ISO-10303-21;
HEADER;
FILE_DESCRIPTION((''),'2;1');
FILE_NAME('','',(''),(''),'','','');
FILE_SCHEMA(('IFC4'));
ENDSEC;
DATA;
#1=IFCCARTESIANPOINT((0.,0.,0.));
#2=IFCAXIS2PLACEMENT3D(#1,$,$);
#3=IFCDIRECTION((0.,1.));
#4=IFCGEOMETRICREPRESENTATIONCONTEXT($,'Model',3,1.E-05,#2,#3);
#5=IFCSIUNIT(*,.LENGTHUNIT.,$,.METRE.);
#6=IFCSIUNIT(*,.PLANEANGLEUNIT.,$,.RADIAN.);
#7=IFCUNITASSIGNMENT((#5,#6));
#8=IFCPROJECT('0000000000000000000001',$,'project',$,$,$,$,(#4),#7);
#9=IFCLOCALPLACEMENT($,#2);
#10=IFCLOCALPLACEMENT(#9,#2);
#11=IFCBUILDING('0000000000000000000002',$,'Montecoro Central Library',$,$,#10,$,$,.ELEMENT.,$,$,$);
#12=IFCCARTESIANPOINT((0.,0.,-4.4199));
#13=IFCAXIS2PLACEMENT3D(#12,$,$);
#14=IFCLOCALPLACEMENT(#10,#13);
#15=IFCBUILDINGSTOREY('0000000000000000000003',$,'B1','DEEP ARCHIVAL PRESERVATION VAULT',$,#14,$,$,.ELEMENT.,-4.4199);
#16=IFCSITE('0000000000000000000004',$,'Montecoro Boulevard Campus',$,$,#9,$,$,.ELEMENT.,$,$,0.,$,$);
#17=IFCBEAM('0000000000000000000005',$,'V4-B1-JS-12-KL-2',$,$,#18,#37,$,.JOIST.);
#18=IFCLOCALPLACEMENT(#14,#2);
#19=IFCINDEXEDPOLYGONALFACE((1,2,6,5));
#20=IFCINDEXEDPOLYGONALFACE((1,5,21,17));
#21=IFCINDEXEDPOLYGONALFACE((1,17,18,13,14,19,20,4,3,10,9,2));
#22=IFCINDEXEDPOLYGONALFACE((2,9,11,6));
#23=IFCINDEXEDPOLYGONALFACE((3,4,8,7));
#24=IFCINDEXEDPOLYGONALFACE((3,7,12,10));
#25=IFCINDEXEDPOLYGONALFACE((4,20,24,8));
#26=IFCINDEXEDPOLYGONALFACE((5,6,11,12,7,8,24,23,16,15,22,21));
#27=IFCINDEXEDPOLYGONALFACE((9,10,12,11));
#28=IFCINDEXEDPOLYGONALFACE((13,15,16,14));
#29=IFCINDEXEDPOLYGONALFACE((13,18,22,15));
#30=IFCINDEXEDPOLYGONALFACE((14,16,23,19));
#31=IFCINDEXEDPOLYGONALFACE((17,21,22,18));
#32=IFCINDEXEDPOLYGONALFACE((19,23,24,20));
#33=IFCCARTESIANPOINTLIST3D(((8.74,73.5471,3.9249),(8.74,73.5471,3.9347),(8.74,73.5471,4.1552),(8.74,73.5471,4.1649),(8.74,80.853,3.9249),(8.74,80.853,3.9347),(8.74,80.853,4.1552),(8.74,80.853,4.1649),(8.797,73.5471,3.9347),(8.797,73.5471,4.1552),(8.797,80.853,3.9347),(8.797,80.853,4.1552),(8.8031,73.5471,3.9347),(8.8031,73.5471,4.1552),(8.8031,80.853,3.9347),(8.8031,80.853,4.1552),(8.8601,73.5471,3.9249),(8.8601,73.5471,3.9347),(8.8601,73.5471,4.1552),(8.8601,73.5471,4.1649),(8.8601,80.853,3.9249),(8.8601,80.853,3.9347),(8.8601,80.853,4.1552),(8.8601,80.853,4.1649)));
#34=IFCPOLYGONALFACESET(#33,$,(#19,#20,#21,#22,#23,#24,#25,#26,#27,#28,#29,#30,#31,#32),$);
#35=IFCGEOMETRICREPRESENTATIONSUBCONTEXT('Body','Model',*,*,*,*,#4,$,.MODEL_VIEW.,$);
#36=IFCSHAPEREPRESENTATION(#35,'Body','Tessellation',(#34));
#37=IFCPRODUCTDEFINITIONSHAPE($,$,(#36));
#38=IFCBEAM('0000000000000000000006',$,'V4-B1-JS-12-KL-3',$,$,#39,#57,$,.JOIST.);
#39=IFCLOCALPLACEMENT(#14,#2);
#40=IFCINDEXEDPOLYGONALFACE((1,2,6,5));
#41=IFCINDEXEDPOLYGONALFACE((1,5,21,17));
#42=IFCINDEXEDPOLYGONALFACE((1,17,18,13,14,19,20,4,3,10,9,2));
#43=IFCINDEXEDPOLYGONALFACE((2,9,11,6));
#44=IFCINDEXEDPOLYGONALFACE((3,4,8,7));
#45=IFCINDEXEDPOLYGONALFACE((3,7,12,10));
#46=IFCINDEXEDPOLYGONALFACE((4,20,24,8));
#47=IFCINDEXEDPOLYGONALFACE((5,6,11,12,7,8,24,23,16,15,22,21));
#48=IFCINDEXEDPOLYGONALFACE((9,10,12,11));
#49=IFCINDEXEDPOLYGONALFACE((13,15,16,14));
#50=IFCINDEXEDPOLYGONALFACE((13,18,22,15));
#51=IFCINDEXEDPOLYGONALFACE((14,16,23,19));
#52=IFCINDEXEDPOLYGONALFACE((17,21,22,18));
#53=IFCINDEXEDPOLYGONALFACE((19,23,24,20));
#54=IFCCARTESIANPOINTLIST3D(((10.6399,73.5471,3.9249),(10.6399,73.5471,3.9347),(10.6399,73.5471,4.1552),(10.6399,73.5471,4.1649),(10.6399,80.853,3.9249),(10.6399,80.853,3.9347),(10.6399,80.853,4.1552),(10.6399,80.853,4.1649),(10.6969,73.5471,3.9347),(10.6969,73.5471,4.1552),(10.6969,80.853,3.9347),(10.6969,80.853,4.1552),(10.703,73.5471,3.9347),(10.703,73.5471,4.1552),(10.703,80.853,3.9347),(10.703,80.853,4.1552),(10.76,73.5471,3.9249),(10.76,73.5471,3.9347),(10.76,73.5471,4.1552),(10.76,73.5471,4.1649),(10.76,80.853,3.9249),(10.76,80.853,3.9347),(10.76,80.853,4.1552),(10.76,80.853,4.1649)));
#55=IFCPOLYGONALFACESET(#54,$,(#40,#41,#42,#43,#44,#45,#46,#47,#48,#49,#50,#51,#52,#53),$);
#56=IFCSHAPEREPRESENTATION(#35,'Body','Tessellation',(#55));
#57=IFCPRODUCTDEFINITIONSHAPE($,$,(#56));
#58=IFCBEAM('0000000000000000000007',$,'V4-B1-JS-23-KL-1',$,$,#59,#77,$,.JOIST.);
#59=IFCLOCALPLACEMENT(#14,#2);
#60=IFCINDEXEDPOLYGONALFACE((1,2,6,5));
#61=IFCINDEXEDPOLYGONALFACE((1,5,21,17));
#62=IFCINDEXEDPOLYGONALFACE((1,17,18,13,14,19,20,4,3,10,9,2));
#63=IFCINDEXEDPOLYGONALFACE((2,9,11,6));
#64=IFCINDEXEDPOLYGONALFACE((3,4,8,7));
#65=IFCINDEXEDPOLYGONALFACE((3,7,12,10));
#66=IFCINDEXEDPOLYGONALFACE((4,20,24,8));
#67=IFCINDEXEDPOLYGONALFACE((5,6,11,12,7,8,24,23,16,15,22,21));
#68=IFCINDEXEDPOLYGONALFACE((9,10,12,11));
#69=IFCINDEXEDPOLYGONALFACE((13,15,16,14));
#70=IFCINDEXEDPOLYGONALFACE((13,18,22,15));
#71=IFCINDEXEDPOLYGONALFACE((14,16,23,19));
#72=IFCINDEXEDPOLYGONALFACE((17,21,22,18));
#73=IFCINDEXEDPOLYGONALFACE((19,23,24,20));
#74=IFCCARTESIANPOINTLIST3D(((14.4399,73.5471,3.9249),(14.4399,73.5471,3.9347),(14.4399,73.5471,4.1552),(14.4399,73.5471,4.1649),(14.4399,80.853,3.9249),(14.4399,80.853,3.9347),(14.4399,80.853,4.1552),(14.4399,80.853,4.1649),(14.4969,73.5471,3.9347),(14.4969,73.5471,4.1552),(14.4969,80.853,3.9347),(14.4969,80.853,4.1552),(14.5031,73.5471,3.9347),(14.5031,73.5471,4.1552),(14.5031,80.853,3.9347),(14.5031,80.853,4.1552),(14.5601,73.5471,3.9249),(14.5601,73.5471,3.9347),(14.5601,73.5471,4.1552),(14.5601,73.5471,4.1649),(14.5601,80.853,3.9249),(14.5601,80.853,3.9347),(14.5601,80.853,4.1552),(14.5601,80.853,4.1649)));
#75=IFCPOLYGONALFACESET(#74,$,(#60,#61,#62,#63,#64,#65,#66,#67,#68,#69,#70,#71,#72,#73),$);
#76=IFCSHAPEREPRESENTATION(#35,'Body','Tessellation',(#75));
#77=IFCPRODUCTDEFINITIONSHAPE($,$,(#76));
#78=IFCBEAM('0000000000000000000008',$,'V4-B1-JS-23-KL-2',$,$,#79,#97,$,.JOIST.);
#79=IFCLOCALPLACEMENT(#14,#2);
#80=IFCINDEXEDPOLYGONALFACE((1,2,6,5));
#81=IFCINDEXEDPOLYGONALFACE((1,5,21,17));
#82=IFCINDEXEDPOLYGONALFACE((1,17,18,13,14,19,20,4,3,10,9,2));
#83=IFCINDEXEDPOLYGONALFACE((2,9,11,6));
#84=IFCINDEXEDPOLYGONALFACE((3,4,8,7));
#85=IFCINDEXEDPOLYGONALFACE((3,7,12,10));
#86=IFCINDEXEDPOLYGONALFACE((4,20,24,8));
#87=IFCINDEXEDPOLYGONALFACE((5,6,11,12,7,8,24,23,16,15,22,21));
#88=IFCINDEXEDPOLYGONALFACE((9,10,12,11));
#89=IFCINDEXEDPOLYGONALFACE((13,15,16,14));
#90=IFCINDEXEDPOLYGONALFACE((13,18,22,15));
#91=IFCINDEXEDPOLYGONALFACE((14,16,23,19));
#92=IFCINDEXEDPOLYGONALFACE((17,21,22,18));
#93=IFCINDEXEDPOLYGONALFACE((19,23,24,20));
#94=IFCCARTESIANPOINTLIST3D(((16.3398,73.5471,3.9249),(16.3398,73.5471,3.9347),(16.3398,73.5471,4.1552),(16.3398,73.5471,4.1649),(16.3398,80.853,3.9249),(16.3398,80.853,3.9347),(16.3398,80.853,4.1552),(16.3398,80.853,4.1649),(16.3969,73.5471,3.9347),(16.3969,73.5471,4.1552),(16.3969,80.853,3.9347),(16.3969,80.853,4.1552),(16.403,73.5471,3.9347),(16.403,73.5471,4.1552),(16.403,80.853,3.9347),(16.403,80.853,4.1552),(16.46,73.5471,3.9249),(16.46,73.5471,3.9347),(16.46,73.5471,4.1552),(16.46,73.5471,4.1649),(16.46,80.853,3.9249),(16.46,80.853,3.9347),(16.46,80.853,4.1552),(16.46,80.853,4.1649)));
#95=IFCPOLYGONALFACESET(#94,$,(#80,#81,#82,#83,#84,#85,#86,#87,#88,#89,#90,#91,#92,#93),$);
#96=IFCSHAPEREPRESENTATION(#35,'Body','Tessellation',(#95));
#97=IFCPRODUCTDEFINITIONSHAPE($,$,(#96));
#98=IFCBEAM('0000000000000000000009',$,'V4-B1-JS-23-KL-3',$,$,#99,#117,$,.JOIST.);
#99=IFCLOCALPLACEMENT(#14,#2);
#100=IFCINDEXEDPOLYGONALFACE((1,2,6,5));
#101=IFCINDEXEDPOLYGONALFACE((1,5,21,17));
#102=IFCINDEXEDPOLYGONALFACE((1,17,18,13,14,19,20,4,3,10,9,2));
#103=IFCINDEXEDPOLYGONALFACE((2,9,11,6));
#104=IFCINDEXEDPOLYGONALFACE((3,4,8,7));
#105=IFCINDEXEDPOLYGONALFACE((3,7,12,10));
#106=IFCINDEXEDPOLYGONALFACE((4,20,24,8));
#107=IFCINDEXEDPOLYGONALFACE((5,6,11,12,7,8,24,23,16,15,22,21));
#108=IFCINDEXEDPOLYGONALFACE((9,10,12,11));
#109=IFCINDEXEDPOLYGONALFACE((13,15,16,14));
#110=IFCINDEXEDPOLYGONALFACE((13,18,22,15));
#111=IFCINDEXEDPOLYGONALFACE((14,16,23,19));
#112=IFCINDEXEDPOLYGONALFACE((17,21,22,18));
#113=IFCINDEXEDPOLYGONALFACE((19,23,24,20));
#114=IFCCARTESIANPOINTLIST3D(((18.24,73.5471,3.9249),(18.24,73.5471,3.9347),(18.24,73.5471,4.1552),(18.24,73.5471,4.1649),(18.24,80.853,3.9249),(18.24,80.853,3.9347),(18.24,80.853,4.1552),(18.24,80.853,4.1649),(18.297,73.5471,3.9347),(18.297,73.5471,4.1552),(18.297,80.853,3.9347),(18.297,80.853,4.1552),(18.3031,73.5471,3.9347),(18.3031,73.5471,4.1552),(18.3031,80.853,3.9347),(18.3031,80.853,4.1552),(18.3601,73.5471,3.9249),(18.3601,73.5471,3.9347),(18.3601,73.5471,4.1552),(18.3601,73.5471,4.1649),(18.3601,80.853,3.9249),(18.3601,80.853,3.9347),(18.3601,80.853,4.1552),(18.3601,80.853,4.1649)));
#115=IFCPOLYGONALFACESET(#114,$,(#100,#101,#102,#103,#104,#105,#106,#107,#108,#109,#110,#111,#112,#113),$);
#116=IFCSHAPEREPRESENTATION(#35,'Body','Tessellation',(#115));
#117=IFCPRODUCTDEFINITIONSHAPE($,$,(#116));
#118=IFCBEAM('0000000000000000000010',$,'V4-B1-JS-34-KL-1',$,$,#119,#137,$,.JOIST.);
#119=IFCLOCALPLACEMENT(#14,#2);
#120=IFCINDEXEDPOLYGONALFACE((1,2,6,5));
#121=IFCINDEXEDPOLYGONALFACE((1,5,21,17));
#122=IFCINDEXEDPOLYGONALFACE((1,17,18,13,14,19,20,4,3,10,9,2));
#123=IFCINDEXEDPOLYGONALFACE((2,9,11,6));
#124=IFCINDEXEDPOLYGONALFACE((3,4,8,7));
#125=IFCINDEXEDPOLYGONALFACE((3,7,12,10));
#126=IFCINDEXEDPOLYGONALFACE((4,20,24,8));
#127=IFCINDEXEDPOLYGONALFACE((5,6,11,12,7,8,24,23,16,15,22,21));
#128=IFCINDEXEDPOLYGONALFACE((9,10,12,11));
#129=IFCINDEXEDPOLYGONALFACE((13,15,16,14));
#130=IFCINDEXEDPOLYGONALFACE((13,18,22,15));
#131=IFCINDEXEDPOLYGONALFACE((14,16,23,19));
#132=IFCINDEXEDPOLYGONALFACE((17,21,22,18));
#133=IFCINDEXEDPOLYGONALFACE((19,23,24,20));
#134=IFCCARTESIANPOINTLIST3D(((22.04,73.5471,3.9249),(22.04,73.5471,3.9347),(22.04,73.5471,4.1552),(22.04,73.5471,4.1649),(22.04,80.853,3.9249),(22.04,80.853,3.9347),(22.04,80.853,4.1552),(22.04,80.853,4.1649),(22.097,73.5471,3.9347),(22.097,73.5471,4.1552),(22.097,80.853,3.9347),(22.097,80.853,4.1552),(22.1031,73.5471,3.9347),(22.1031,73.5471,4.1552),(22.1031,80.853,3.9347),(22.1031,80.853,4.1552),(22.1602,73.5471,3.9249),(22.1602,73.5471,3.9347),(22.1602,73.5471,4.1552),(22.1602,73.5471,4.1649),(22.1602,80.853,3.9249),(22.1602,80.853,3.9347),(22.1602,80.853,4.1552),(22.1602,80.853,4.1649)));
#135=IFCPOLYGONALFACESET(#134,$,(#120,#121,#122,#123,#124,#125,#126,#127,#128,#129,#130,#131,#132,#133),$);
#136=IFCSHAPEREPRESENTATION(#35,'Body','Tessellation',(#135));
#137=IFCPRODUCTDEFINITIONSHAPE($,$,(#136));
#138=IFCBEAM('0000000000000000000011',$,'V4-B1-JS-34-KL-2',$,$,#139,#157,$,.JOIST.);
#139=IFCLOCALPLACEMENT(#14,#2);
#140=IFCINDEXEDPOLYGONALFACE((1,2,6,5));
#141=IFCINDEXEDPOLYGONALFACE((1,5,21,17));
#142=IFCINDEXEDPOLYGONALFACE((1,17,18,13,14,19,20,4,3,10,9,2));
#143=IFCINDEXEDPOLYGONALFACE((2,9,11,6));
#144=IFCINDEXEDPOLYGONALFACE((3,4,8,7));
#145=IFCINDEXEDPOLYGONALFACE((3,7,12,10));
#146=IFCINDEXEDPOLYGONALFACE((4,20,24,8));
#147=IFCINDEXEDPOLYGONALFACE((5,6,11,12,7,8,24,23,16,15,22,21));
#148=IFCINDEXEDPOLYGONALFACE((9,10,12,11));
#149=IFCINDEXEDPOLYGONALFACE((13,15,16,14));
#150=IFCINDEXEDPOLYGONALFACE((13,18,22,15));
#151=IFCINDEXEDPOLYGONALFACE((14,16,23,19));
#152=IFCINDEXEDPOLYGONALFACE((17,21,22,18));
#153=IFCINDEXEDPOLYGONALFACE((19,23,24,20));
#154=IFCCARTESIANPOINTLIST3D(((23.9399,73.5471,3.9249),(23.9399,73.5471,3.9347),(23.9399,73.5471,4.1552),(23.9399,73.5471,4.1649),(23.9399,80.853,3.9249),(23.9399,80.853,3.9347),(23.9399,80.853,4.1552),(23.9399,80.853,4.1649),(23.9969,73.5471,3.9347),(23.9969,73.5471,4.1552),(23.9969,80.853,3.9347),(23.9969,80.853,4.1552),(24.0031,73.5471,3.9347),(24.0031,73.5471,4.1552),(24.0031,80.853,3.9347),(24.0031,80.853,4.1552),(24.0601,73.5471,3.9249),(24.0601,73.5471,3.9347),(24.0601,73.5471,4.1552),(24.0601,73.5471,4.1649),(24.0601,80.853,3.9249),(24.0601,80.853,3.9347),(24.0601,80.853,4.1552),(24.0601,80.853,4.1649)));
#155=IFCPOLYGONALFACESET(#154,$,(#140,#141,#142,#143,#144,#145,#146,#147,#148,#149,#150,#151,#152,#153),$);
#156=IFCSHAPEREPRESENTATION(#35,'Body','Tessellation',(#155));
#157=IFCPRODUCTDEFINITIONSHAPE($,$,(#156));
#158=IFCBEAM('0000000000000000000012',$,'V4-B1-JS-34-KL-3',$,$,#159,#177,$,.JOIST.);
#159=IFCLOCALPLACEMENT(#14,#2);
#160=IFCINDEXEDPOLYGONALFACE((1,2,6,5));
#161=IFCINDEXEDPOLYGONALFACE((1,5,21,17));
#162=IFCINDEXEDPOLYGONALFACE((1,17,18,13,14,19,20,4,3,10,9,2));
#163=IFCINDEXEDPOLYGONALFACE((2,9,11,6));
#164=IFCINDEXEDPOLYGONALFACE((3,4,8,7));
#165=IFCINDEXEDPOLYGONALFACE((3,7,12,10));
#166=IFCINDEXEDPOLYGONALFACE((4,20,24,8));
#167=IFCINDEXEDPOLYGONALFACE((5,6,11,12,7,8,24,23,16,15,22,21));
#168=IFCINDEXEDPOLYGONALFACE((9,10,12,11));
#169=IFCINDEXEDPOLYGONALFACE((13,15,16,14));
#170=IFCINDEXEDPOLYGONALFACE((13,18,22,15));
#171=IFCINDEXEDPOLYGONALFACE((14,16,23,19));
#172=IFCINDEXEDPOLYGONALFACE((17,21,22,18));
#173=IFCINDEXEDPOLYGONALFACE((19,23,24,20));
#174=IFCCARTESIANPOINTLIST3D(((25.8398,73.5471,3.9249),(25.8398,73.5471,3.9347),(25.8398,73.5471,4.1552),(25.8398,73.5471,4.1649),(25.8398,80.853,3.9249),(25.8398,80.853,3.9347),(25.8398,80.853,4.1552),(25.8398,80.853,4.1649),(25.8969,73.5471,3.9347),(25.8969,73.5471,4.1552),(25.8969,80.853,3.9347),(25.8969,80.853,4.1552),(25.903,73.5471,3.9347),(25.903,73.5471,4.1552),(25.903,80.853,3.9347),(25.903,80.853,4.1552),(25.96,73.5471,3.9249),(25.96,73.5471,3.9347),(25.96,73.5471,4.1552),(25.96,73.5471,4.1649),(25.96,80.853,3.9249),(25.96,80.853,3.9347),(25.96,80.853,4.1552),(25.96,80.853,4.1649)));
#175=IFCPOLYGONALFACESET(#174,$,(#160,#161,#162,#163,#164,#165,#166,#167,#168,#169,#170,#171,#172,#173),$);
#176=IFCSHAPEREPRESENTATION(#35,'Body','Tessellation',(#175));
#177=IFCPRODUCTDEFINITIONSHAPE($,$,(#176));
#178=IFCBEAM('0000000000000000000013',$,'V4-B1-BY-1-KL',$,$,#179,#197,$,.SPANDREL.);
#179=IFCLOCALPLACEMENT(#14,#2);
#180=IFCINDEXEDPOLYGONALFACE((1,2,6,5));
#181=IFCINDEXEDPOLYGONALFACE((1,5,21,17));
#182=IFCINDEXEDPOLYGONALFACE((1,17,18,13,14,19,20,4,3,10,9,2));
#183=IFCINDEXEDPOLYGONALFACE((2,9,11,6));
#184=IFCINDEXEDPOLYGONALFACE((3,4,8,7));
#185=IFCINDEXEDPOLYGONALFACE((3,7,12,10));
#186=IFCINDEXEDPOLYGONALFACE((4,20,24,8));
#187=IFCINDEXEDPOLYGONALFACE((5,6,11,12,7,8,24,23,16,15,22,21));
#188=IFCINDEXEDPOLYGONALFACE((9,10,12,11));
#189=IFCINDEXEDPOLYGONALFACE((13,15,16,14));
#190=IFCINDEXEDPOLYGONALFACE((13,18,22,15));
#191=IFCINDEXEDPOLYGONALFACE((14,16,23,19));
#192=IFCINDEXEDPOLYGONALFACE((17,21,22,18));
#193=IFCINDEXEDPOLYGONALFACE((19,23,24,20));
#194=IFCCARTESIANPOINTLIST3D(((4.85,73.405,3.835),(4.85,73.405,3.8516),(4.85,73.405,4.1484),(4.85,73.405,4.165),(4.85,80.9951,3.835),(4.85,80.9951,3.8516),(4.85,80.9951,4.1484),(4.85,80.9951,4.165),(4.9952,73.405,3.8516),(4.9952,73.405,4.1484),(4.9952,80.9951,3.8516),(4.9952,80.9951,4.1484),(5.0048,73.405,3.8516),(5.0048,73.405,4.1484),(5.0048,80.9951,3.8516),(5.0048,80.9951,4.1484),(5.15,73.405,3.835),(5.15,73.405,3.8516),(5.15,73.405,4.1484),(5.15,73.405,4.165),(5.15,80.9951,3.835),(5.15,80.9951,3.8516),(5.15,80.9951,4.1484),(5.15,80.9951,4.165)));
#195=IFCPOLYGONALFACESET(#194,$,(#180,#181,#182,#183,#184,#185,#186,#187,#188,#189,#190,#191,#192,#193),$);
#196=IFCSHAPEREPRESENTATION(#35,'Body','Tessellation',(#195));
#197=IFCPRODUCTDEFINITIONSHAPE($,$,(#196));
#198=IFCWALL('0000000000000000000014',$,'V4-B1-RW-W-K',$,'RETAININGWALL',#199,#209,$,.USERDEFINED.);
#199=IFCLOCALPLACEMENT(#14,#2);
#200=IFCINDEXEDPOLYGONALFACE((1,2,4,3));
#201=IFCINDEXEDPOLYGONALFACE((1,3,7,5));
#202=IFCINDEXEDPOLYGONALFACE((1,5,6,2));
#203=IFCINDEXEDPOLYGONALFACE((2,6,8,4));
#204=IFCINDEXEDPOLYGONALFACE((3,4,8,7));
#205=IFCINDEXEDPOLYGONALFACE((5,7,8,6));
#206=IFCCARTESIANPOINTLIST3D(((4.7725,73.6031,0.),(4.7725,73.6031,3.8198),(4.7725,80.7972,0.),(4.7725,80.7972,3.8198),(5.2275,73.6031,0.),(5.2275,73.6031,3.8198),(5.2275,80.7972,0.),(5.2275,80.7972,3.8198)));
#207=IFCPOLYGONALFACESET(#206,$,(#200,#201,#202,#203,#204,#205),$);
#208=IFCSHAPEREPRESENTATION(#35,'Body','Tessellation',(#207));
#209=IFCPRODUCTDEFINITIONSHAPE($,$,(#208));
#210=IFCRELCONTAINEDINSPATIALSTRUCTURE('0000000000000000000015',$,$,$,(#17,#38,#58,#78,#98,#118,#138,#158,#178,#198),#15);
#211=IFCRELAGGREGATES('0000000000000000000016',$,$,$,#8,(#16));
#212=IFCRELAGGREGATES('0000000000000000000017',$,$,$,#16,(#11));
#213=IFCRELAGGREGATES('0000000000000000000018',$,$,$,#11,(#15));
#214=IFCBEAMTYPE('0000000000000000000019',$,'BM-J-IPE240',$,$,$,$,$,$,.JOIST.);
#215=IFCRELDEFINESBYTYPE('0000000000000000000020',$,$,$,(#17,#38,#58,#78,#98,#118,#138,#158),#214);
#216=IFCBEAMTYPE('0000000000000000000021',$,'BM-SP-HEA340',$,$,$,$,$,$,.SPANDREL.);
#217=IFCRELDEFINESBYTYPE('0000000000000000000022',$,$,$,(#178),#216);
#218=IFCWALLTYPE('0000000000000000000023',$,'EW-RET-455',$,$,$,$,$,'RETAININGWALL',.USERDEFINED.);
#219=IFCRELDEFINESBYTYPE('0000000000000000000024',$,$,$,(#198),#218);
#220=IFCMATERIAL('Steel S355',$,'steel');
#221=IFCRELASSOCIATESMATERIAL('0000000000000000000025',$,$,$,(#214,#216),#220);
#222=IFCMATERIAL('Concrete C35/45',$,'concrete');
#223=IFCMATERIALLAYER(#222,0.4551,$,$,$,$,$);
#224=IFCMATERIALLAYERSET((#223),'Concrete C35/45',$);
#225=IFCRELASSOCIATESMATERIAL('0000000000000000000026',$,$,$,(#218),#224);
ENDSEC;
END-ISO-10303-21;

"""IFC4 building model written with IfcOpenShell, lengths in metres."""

from ifc_helpers import new_model, si_unit, direction, frame, frame_2d, origin, origin_2d, place, context, subcontext, project, spatial, rectangle, i_section, extrude, material, layer, layer_set, material_profile, profile_set, type_object, element, save


model = new_model("IFC4")

# Units and contexts
model_context = context("Model", 3, precision=1e-05, world=origin(), true_north=direction((0.0, 1.0)))
body_context = subcontext(model_context, "Body", "Model", "MODEL_VIEW")
ifc_project = project(units=[si_unit("LENGTHUNIT", "METRE"), si_unit("PLANEANGLEUNIT", "RADIAN")], contexts=[model_context])

# Site, building, storey
site_placement = place(None, origin())
site = spatial("IfcSite", under=ifc_project, at=site_placement, Name="Montecoro Boulevard Campus", CompositionType="ELEMENT", RefElevation=0.0)
building_placement = place(site_placement, origin())
building = spatial("IfcBuilding", under=site, at=building_placement, Name="Montecoro Central Library", CompositionType="ELEMENT")
storey_placement = place(building_placement, frame((0.0, 0.0, -4.4199)))
storey = spatial("IfcBuildingStorey", under=building, at=storey_placement, Name="B1", Description="DEEP ARCHIVAL PRESERVATION VAULT", CompositionType="ELEMENT", Elevation=-4.4199)

# Shared definitions
ifc_material_1 = material(Name="Concrete C35/45", Category="concrete")

# Beams
ifc_material_2 = material(Name="Steel S355", Category="steel")
ifc_material_profile_1 = material_profile(ifc_material_2, i_section(OverallWidth=0.1201, OverallDepth=0.24, WebThickness=0.0061, FlangeThickness=0.0098, at=origin_2d()), Name="IPE 240")
ifc_profile_set_1 = profile_set([ifc_material_profile_1], Name="Steel S355")
beam_type_1 = type_object("IfcBeamType", Name="BM-J-IPE240", PredefinedType="JOIST", material=ifc_profile_set_1)
for number, where, z_axis, x_axis, name in (
    (1, (8.8, 73.5471, 4.0449), (0.0, 1.0, 0.0), (-1.0, 0.0, 0.0), "V4-B1-JS-12-KL-2"),
    (2, (10.7, 73.5471, 4.0449), (0.0, 1.0, 0.0), (-1.0, 0.0, 0.0), "V4-B1-JS-12-KL-3"),
    (3, (14.5, 73.5471, 4.0449), (0.0, 1.0, 0.0), (-1.0, 0.0, 0.0), "V4-B1-JS-23-KL-1"),
    (4, (16.3999, 73.5471, 4.0449), (0.0, 1.0, 0.0), (-1.0, 0.0, 0.0), "V4-B1-JS-23-KL-2"),
    (5, (18.3, 73.5471, 4.0449), (0.0, 1.0, 0.0), (-1.0, 0.0, 0.0), "V4-B1-JS-23-KL-3"),
    (6, (22.1001, 73.5471, 4.0449), (0.0, 1.0, 0.0), (-1.0, 0.0, 0.0), "V4-B1-JS-34-KL-1"),
    (7, (24.0, 73.5471, 4.0449), (0.0, 1.0, 0.0), (-1.0, 0.0, 0.0), "V4-B1-JS-34-KL-2"),
    (8, (25.8999, 73.5471, 4.0449), (0.0, 1.0, 0.0), (-1.0, 0.0, 0.0), "V4-B1-JS-34-KL-3"),
):
    element("IfcBeam", number, at=place(storey_placement, frame(where, z_axis=z_axis, x_axis=x_axis)), inside=storey, type_object=beam_type_1, Name=name, PredefinedType="JOIST", context=body_context, shape_type="SweptSolid", body=[
        extrude(i_section(OverallWidth=0.1201, OverallDepth=0.24, WebThickness=0.0061, FlangeThickness=0.0098, at=origin_2d()), origin(), (0.0, 0.0, 1.0), 7.3059),
    ])
ifc_material_profile_2 = material_profile(ifc_material_2, i_section(OverallWidth=0.3, OverallDepth=0.3301, WebThickness=0.0095, FlangeThickness=0.0166, at=origin_2d()), Name="HEA 340")
ifc_profile_set_2 = profile_set([ifc_material_profile_2], Name="Steel S355")
beam_type_2 = type_object("IfcBeamType", Name="BM-SP-HEA340", PredefinedType="SPANDREL", material=ifc_profile_set_2)
beam_placement = place(storey_placement, frame((5.0, 73.405, 4.0), z_axis=(0.0, 1.0, 0.0), x_axis=(-1.0, 0.0, 0.0)))
element("IfcBeam", 9, at=beam_placement, inside=storey, type_object=beam_type_2, Name="V4-B1-BY-1-KL", PredefinedType="SPANDREL", context=body_context, shape_type="SweptSolid", body=[
    extrude(i_section(OverallWidth=0.3, OverallDepth=0.3301, WebThickness=0.0095, FlangeThickness=0.0166, at=origin_2d()), origin(), (0.0, 0.0, 1.0), 7.5901),
])

# Wall
ifc_layer_1 = layer(ifc_material_1, 0.4551)
ifc_layer_set_1 = layer_set([ifc_layer_1], Name="Concrete C35/45")
wall_type_1 = type_object("IfcWallType", Name="EW-RET-455", ElementType="RETAININGWALL", PredefinedType="USERDEFINED", material=ifc_layer_set_1)
wall_1_placement = place(storey_placement, frame((5.0, 73.603, 0.0), z_axis=(0.0, 0.0, 1.0), x_axis=(0.0, 1.0, 0.0)))
element("IfcWall", 10, at=wall_1_placement, inside=storey, type_object=wall_type_1, Name="V4-B1-RW-W-K", ObjectType="RETAININGWALL", PredefinedType="USERDEFINED", context=body_context, shape_type="SweptSolid", body=[
    extrude(rectangle(XDim=7.1941, YDim=0.4551, at=frame_2d((3.5972, 0.0))), origin(), (0.0, 0.0, 1.0), 3.8198),
])

save(model, "model.ifc")
